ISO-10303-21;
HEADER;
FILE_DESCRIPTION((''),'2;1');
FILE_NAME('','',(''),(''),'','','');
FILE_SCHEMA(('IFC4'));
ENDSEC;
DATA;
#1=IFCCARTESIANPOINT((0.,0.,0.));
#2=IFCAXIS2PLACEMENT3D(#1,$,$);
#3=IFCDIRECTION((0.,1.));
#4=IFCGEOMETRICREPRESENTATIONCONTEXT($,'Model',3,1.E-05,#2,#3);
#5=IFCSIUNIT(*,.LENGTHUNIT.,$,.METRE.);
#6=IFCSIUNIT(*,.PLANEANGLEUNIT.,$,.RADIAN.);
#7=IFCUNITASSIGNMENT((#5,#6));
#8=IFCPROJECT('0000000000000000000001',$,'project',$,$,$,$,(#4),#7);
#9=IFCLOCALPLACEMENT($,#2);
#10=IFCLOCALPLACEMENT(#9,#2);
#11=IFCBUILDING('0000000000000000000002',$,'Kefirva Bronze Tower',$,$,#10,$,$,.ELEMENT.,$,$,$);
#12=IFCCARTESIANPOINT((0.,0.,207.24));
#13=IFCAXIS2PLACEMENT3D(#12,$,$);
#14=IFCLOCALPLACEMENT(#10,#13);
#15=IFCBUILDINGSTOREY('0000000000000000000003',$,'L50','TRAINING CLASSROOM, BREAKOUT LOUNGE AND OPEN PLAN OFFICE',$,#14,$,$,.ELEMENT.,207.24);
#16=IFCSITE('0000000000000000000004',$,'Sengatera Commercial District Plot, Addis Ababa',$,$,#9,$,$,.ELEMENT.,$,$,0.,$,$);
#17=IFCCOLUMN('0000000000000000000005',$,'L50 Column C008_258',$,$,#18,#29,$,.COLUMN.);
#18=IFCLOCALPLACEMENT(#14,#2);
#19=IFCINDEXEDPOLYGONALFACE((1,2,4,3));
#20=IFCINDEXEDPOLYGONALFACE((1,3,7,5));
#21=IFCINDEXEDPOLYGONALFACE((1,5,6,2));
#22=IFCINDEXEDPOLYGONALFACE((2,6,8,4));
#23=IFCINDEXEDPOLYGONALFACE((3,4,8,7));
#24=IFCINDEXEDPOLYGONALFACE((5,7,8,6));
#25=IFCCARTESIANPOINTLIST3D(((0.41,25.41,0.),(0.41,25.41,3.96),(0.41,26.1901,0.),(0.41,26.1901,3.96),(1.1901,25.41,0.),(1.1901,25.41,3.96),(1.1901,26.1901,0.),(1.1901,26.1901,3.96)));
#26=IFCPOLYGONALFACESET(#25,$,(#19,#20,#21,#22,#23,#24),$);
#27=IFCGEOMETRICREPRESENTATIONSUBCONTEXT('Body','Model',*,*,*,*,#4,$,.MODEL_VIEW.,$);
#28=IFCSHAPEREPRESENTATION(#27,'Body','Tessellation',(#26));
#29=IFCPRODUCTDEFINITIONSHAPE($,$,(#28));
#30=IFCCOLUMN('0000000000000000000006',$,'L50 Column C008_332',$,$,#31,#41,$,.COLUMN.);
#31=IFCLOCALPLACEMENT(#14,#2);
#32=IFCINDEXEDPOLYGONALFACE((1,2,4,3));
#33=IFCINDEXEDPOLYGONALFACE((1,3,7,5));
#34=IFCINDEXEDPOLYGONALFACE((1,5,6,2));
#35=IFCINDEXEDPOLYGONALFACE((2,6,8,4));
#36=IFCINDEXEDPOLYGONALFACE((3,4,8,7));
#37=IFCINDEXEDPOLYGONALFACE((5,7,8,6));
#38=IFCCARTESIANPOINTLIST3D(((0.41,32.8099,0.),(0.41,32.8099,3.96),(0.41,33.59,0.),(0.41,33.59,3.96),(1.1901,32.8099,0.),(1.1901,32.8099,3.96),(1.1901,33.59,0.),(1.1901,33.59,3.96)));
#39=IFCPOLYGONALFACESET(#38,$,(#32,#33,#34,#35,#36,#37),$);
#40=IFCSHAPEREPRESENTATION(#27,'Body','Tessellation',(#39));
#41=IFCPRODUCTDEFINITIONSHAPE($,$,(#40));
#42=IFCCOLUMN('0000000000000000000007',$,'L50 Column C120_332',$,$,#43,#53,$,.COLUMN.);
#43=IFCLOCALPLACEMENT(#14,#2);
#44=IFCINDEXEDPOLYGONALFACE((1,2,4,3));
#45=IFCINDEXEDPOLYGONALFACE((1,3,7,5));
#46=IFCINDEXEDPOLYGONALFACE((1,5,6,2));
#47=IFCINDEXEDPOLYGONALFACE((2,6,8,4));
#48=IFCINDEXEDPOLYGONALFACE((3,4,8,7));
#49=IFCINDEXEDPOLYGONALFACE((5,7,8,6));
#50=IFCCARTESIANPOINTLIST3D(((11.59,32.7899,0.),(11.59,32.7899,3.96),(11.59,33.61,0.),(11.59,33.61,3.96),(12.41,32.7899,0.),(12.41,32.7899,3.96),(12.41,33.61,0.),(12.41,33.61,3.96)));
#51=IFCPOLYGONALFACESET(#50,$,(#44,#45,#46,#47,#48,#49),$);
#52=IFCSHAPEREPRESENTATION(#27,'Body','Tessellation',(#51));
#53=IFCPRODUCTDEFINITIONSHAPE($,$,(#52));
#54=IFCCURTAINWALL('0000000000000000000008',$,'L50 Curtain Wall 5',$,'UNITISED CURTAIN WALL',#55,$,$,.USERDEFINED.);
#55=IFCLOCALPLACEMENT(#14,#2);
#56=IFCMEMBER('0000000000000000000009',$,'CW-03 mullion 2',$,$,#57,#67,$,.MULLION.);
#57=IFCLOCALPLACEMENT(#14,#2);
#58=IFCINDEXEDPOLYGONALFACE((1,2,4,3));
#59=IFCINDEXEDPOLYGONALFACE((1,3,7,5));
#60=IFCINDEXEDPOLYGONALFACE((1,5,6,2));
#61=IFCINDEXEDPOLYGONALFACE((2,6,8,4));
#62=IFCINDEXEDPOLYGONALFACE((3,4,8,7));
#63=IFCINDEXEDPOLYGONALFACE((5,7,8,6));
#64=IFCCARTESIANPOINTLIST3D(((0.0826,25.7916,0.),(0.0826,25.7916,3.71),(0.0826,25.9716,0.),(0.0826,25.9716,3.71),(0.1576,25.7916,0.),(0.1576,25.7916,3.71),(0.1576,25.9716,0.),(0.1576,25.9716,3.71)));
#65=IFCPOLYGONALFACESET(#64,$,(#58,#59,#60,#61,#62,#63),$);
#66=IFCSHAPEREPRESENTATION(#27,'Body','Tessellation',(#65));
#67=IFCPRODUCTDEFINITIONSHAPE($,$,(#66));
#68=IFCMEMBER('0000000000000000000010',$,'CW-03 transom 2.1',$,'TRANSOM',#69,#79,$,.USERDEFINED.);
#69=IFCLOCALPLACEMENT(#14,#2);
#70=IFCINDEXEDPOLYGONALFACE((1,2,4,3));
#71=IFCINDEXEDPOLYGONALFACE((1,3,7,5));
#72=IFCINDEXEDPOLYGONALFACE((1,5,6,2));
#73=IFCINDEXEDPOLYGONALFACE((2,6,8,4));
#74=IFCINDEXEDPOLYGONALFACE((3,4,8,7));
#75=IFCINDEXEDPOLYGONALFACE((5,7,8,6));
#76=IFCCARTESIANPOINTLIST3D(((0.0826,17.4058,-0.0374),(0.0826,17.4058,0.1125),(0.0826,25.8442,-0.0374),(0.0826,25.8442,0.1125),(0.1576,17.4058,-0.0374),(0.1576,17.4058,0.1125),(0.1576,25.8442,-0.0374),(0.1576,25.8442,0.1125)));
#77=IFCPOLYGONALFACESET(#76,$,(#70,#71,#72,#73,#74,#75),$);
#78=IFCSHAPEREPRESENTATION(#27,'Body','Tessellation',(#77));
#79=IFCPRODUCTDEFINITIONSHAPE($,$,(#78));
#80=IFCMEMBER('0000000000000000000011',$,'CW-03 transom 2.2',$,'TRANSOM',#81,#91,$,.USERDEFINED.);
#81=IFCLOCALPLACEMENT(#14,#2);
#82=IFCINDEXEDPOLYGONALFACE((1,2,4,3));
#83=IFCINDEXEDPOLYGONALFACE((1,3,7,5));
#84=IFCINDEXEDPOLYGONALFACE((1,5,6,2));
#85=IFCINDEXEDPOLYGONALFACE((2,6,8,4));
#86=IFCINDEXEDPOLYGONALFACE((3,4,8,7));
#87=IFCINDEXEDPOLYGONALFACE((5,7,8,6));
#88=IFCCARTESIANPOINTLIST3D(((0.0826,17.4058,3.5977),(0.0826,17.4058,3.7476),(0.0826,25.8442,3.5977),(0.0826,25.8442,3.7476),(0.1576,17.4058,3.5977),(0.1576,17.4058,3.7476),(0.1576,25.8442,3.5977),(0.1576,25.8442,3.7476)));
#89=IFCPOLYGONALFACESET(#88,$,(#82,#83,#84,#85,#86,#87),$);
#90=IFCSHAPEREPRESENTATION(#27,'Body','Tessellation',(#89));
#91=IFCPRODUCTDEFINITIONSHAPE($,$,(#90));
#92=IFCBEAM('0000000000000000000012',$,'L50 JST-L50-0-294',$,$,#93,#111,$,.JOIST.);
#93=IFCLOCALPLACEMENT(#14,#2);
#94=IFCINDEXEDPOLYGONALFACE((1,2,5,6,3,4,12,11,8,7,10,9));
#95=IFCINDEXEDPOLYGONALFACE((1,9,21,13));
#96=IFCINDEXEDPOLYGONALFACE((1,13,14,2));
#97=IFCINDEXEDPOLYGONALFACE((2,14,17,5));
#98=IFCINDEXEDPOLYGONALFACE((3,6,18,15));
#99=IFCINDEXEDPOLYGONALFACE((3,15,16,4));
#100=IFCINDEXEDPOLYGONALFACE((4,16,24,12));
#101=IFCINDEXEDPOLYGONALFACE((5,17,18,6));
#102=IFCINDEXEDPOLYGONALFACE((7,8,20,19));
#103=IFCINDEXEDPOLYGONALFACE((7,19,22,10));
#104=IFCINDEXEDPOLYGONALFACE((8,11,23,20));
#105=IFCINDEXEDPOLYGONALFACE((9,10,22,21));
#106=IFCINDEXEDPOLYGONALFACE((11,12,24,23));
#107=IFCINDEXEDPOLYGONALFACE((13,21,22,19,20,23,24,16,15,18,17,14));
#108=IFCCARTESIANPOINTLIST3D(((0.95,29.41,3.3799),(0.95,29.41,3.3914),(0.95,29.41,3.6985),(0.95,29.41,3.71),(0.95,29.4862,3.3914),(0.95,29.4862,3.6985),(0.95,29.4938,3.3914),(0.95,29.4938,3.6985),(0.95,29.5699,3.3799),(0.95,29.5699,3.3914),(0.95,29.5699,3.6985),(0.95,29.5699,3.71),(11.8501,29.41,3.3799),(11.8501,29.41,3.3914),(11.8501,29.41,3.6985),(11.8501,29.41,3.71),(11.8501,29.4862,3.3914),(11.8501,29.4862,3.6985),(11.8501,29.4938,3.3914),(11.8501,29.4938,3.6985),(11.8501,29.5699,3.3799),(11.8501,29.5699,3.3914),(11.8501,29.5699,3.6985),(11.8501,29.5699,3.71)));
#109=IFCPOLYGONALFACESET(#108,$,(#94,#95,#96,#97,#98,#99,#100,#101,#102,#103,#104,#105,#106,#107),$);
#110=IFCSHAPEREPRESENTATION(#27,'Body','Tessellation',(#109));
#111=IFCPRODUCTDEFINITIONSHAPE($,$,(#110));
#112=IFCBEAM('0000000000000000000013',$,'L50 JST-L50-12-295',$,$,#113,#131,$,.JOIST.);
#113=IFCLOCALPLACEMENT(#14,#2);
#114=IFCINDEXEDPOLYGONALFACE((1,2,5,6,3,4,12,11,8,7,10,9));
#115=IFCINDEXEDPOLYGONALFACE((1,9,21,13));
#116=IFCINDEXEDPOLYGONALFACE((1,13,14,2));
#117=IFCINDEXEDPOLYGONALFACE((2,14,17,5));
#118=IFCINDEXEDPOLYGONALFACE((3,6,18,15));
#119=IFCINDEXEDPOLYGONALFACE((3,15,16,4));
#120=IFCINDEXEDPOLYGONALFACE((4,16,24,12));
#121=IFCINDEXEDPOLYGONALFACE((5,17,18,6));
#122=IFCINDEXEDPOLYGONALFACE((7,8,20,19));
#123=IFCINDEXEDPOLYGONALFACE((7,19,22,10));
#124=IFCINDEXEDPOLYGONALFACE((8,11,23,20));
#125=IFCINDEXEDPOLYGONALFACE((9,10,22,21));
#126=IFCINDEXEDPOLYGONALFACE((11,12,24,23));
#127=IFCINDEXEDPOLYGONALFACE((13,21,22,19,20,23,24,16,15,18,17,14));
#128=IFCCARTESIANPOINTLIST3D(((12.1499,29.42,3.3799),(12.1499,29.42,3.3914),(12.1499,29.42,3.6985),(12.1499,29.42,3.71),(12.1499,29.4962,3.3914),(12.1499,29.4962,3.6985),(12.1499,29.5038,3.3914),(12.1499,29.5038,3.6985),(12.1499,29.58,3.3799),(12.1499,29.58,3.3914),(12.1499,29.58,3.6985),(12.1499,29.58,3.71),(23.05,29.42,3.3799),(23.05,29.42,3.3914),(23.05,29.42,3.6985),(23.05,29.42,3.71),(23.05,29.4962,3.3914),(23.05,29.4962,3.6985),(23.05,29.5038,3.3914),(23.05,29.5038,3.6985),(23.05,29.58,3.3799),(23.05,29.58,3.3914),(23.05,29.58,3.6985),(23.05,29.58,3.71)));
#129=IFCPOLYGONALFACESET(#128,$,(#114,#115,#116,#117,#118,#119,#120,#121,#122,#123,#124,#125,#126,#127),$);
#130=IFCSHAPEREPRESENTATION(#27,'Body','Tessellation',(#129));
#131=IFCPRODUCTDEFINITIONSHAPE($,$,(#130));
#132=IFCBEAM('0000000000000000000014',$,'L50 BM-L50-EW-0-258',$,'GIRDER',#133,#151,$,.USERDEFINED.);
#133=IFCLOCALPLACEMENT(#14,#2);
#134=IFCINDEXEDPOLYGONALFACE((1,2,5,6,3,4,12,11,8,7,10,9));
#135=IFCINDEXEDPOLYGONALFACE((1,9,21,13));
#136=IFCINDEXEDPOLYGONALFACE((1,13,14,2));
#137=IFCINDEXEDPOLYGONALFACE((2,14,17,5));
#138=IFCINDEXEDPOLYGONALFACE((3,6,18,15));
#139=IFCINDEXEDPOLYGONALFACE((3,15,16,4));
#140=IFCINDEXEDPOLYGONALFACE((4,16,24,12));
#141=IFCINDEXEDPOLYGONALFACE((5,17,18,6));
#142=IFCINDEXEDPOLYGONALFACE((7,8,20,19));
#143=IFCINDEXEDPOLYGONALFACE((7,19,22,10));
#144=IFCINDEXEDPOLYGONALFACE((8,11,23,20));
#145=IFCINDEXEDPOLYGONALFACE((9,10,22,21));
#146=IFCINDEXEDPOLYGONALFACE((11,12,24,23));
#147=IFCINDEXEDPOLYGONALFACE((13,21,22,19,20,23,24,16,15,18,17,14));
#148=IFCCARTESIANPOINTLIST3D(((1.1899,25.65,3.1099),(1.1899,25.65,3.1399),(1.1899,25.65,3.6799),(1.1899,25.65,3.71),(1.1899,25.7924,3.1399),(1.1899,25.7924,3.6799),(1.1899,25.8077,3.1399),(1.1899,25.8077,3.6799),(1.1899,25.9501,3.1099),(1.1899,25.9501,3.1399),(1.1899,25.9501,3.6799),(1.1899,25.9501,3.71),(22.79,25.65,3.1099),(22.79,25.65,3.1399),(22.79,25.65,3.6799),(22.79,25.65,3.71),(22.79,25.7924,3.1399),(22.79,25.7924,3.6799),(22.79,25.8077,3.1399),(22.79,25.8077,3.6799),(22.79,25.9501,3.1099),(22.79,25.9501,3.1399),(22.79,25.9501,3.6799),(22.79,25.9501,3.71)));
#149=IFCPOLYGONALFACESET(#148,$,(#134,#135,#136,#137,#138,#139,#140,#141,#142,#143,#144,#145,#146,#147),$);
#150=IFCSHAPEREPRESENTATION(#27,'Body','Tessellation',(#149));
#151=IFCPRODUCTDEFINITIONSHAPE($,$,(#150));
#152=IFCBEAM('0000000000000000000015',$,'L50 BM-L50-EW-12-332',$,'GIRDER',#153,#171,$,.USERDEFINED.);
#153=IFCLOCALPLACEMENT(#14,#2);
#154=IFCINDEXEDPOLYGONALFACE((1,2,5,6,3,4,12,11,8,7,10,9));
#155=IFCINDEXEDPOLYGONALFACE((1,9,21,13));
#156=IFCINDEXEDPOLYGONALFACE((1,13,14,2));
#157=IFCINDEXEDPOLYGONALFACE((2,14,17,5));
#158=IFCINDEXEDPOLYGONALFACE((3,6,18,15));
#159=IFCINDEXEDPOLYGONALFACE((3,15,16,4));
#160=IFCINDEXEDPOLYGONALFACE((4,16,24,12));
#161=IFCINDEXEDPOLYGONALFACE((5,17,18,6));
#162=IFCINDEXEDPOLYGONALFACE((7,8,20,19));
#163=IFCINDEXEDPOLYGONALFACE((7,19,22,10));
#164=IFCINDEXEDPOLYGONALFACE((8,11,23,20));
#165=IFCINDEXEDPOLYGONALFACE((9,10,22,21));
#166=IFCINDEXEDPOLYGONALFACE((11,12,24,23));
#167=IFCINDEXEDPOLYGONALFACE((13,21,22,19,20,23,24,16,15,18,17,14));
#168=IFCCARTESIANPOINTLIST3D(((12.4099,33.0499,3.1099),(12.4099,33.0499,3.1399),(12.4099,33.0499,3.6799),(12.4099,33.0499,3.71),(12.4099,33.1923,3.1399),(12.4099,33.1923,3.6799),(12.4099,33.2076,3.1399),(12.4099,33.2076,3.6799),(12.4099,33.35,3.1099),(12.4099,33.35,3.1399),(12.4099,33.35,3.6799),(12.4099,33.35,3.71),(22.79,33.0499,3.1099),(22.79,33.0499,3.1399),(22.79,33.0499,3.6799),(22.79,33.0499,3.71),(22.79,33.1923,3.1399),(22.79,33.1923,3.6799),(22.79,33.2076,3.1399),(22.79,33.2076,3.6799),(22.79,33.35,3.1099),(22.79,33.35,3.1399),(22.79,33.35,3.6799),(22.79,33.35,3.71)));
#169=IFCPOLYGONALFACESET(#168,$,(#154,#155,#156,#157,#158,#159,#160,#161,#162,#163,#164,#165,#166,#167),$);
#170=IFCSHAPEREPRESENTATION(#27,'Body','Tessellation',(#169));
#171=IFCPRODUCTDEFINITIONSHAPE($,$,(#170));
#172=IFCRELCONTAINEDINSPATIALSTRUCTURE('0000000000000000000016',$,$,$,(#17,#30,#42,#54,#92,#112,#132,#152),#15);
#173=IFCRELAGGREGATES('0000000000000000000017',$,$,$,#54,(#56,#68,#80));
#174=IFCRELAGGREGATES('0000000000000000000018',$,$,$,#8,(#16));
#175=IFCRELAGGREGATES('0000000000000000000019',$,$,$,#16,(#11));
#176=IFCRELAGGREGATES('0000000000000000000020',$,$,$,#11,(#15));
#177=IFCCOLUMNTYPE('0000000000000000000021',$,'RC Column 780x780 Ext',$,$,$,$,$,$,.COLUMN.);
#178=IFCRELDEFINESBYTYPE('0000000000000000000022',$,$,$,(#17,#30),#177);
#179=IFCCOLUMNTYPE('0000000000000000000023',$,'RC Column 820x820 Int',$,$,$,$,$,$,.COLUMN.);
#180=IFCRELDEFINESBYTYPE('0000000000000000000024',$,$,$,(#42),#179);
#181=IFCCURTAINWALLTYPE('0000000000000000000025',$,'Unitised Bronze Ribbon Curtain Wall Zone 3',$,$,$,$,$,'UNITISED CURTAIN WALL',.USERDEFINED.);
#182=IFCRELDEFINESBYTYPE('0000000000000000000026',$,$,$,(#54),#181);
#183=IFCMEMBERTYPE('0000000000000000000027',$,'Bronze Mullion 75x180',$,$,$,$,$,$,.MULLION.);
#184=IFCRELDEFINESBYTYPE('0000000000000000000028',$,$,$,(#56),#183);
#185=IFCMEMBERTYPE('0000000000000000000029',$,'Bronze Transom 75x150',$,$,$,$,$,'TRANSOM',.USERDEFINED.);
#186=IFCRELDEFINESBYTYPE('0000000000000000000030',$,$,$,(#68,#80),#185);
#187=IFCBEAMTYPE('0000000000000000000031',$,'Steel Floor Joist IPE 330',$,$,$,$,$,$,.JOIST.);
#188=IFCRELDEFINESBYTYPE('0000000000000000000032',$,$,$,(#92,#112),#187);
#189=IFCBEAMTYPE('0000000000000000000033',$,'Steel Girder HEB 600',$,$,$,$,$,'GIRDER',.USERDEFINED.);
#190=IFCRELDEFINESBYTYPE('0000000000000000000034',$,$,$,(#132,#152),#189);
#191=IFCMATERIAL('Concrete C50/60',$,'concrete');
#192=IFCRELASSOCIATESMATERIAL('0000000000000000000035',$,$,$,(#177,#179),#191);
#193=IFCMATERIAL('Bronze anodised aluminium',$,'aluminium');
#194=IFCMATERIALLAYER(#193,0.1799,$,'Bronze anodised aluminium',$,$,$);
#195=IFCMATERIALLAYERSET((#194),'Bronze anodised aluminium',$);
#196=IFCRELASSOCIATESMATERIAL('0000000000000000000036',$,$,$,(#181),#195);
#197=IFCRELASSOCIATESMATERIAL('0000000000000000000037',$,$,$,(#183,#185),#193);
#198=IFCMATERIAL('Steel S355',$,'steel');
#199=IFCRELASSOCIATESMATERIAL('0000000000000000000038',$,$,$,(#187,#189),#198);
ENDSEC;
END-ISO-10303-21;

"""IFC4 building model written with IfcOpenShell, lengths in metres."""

from ifc_helpers import new_model, si_unit, direction, frame, origin, origin_2d, place, context, subcontext, project, spatial, rectangle, i_section, extrude, material, layer, layer_set, material_profile, profile_set, type_object, element, aggregate, save


model = new_model("IFC4")

# Units and contexts
model_context = context("Model", 3, precision=1e-05, world=origin(), true_north=direction((0.0, 1.0)))
body_context = subcontext(model_context, "Body", "Model", "MODEL_VIEW")
ifc_project = project(units=[si_unit("LENGTHUNIT", "METRE"), si_unit("PLANEANGLEUNIT", "RADIAN")], contexts=[model_context])

# Site, building, storey
site_placement = place(None, origin())
site = spatial("IfcSite", under=ifc_project, at=site_placement, Name="Sengatera Commercial District Plot, Addis Ababa", CompositionType="ELEMENT", RefElevation=0.0)
building_placement = place(site_placement, origin())
building = spatial("IfcBuilding", under=site, at=building_placement, Name="Kefirva Bronze Tower", CompositionType="ELEMENT")
storey_placement = place(building_placement, frame((0.0, 0.0, 207.24)))
storey = spatial("IfcBuildingStorey", under=building, at=storey_placement, Name="L50", Description="TRAINING CLASSROOM, BREAKOUT LOUNGE AND OPEN PLAN OFFICE", CompositionType="ELEMENT", Elevation=207.24)

# Columns
ifc_material_1 = material(Name="Concrete C50/60", Category="concrete")
ifc_material_profile_1 = material_profile(ifc_material_1, rectangle(XDim=0.78, YDim=0.78, at=origin_2d()), Name="RC 780x780")
ifc_profile_set_1 = profile_set([ifc_material_profile_1], Name="Concrete C50/60")
column_type_1 = type_object("IfcColumnType", Name="RC Column 780x780 Ext", PredefinedType="COLUMN", material=ifc_profile_set_1)
for number, where, z_axis, x_axis, name in (
    (1, (0.8, 25.8, 0.0), (0.0, 0.0, 1.0), (1.0, 0.0, 0.0), "L50 Column C008_258"),
    (2, (0.8, 33.2, 0.0), (0.0, 0.0, 1.0), (1.0, 0.0, 0.0), "L50 Column C008_332"),
):
    element("IfcColumn", number, at=place(storey_placement, frame(where, z_axis=z_axis, x_axis=x_axis)), inside=storey, type_object=column_type_1, Name=name, PredefinedType="COLUMN", context=body_context, shape_type="SweptSolid", body=[
        extrude(rectangle(XDim=0.78, YDim=0.78, at=origin_2d()), origin(), (0.0, 0.0, 1.0), 3.96),
    ])
ifc_material_profile_2 = material_profile(ifc_material_1, rectangle(XDim=0.8201, YDim=0.8201, at=origin_2d()), Name="RC 820x820")
ifc_profile_set_2 = profile_set([ifc_material_profile_2], Name="Concrete C50/60")
column_type_2 = type_object("IfcColumnType", Name="RC Column 820x820 Int", PredefinedType="COLUMN", material=ifc_profile_set_2)
column_placement = place(storey_placement, frame((12.0, 33.2, 0.0), z_axis=(0.0, 0.0, 1.0), x_axis=(1.0, 0.0, 0.0)))
element("IfcColumn", 3, at=column_placement, inside=storey, type_object=column_type_2, Name="L50 Column C120_332", PredefinedType="COLUMN", context=body_context, shape_type="SweptSolid", body=[
    extrude(rectangle(XDim=0.8201, YDim=0.8201, at=origin_2d()), origin(), (0.0, 0.0, 1.0), 3.96),
])

# Curtain wall, members
ifc_material_2 = material(Name="Bronze anodised aluminium", Category="aluminium")
ifc_layer_1 = layer(ifc_material_2, 0.1799, Name="Bronze anodised aluminium")
ifc_layer_set_1 = layer_set([ifc_layer_1], Name="Bronze anodised aluminium")
curtain_wall_type = type_object("IfcCurtainWallType", Name="Unitised Bronze Ribbon Curtain Wall Zone 3", ElementType="UNITISED CURTAIN WALL", PredefinedType="USERDEFINED", material=ifc_layer_set_1)
curtain_wall_placement = place(storey_placement, origin())
curtain_wall = element("IfcCurtainWall", 4, at=curtain_wall_placement, inside=storey, type_object=curtain_wall_type, Name="L50 Curtain Wall 5", ObjectType="UNITISED CURTAIN WALL", PredefinedType="USERDEFINED")
ifc_material_profile_3 = material_profile(ifc_material_2, rectangle(XDim=0.075, YDim=0.1799, at=origin_2d()), Name="ALU 75x180")
ifc_profile_set_3 = profile_set([ifc_material_profile_3], Name="Bronze anodised aluminium")
member_type_1 = type_object("IfcMemberType", Name="Bronze Mullion 75x180", PredefinedType="MULLION", material=ifc_profile_set_3)
member_1_placement = place(storey_placement, frame((0.1201, 25.8816, 0.0), z_axis=(0.0, 0.0, 1.0), x_axis=(1.0, 0.0, 0.0)))
member_1 = element("IfcMember", 5, at=member_1_placement, type_object=member_type_1, Name="CW-03 mullion 2", PredefinedType="MULLION", context=body_context, shape_type="SweptSolid", body=[
    extrude(rectangle(XDim=0.075, YDim=0.1799, at=origin_2d()), origin(), (0.0, 0.0, 1.0), 3.71),
])
ifc_material_profile_4 = material_profile(ifc_material_2, rectangle(XDim=0.075, YDim=0.1499, at=origin_2d()), Name="ALU 75x150")
ifc_profile_set_4 = profile_set([ifc_material_profile_4], Name="Bronze anodised aluminium")
member_type_2 = type_object("IfcMemberType", Name="Bronze Transom 75x150", ElementType="TRANSOM", PredefinedType="USERDEFINED", material=ifc_profile_set_4)
member_2_placement = place(storey_placement, frame((0.1201, 25.8442, 0.0376), z_axis=(0.0, -1.0, 0.0), x_axis=(1.0, 0.0, 0.0)))
member_2 = element("IfcMember", 6, at=member_2_placement, type_object=member_type_2, Name="CW-03 transom 2.1", ObjectType="TRANSOM", PredefinedType="USERDEFINED", context=body_context, shape_type="SweptSolid", body=[
    extrude(rectangle(XDim=0.075, YDim=0.1499, at=origin_2d()), origin(), (0.0, 0.0, 1.0), 8.4385),
])
member_3_placement = place(storey_placement, frame((0.1201, 25.8442, 3.6726), z_axis=(0.0, -1.0, 0.0), x_axis=(1.0, 0.0, 0.0)))
member_3 = element("IfcMember", 7, at=member_3_placement, type_object=member_type_2, Name="CW-03 transom 2.2", ObjectType="TRANSOM", PredefinedType="USERDEFINED", context=body_context, shape_type="SweptSolid", body=[
    extrude(rectangle(XDim=0.075, YDim=0.1499, at=origin_2d()), origin(), (0.0, 0.0, 1.0), 8.4385),
])

# Beams
ifc_material_3 = material(Name="Steel S355", Category="steel")
ifc_material_profile_5 = material_profile(ifc_material_3, i_section(OverallWidth=0.1599, OverallDepth=0.3301, WebThickness=0.0076, FlangeThickness=0.0115, at=origin_2d()), Name="IPE 330")
ifc_profile_set_5 = profile_set([ifc_material_profile_5], Name="Steel S355")
beam_type_1 = type_object("IfcBeamType", Name="Steel Floor Joist IPE 330", PredefinedType="JOIST", material=ifc_profile_set_5)
for number, where, z_axis, x_axis, name in (
    (8, (0.95, 29.49, 3.5449), (1.0, 0.0, 0.0), (0.0, 1.0, 0.0), "L50 JST-L50-0-294"),
    (9, (12.1499, 29.5, 3.5449), (1.0, 0.0, 0.0), (0.0, 1.0, 0.0), "L50 JST-L50-12-295"),
):
    element("IfcBeam", number, at=place(storey_placement, frame(where, z_axis=z_axis, x_axis=x_axis)), inside=storey, type_object=beam_type_1, Name=name, PredefinedType="JOIST", context=body_context, shape_type="SweptSolid", body=[
        extrude(i_section(OverallWidth=0.1599, OverallDepth=0.3301, WebThickness=0.0076, FlangeThickness=0.0115, at=origin_2d()), origin(), (0.0, 0.0, 1.0), 10.9001),
    ])
ifc_material_profile_6 = material_profile(ifc_material_3, i_section(OverallWidth=0.3, OverallDepth=0.6001, WebThickness=0.0154, FlangeThickness=0.03, at=origin_2d()), Name="HEB 600")
ifc_profile_set_6 = profile_set([ifc_material_profile_6], Name="Steel S355")
beam_type_2 = type_object("IfcBeamType", Name="Steel Girder HEB 600", ElementType="GIRDER", PredefinedType="USERDEFINED", material=ifc_profile_set_6)
beam_1_placement = place(storey_placement, frame((1.1899, 25.8, 3.4099), z_axis=(1.0, 0.0, 0.0), x_axis=(0.0, 1.0, 0.0)))
element("IfcBeam", 10, at=beam_1_placement, inside=storey, type_object=beam_type_2, Name="L50 BM-L50-EW-0-258", ObjectType="GIRDER", PredefinedType="USERDEFINED", context=body_context, shape_type="SweptSolid", body=[
    extrude(i_section(OverallWidth=0.3, OverallDepth=0.6001, WebThickness=0.0154, FlangeThickness=0.03, at=origin_2d()), origin(), (0.0, 0.0, 1.0), 21.6001),
])
beam_2_placement = place(storey_placement, frame((12.4099, 33.2, 3.4099), z_axis=(1.0, 0.0, 0.0), x_axis=(0.0, 1.0, 0.0)))
element("IfcBeam", 11, at=beam_2_placement, inside=storey, type_object=beam_type_2, Name="L50 BM-L50-EW-12-332", ObjectType="GIRDER", PredefinedType="USERDEFINED", context=body_context, shape_type="SweptSolid", body=[
    extrude(i_section(OverallWidth=0.3, OverallDepth=0.6001, WebThickness=0.0154, FlangeThickness=0.03, at=origin_2d()), origin(), (0.0, 0.0, 1.0), 10.3801),
])

aggregate(curtain_wall, [member_1, member_2, member_3])

save(model, "model.ifc")
